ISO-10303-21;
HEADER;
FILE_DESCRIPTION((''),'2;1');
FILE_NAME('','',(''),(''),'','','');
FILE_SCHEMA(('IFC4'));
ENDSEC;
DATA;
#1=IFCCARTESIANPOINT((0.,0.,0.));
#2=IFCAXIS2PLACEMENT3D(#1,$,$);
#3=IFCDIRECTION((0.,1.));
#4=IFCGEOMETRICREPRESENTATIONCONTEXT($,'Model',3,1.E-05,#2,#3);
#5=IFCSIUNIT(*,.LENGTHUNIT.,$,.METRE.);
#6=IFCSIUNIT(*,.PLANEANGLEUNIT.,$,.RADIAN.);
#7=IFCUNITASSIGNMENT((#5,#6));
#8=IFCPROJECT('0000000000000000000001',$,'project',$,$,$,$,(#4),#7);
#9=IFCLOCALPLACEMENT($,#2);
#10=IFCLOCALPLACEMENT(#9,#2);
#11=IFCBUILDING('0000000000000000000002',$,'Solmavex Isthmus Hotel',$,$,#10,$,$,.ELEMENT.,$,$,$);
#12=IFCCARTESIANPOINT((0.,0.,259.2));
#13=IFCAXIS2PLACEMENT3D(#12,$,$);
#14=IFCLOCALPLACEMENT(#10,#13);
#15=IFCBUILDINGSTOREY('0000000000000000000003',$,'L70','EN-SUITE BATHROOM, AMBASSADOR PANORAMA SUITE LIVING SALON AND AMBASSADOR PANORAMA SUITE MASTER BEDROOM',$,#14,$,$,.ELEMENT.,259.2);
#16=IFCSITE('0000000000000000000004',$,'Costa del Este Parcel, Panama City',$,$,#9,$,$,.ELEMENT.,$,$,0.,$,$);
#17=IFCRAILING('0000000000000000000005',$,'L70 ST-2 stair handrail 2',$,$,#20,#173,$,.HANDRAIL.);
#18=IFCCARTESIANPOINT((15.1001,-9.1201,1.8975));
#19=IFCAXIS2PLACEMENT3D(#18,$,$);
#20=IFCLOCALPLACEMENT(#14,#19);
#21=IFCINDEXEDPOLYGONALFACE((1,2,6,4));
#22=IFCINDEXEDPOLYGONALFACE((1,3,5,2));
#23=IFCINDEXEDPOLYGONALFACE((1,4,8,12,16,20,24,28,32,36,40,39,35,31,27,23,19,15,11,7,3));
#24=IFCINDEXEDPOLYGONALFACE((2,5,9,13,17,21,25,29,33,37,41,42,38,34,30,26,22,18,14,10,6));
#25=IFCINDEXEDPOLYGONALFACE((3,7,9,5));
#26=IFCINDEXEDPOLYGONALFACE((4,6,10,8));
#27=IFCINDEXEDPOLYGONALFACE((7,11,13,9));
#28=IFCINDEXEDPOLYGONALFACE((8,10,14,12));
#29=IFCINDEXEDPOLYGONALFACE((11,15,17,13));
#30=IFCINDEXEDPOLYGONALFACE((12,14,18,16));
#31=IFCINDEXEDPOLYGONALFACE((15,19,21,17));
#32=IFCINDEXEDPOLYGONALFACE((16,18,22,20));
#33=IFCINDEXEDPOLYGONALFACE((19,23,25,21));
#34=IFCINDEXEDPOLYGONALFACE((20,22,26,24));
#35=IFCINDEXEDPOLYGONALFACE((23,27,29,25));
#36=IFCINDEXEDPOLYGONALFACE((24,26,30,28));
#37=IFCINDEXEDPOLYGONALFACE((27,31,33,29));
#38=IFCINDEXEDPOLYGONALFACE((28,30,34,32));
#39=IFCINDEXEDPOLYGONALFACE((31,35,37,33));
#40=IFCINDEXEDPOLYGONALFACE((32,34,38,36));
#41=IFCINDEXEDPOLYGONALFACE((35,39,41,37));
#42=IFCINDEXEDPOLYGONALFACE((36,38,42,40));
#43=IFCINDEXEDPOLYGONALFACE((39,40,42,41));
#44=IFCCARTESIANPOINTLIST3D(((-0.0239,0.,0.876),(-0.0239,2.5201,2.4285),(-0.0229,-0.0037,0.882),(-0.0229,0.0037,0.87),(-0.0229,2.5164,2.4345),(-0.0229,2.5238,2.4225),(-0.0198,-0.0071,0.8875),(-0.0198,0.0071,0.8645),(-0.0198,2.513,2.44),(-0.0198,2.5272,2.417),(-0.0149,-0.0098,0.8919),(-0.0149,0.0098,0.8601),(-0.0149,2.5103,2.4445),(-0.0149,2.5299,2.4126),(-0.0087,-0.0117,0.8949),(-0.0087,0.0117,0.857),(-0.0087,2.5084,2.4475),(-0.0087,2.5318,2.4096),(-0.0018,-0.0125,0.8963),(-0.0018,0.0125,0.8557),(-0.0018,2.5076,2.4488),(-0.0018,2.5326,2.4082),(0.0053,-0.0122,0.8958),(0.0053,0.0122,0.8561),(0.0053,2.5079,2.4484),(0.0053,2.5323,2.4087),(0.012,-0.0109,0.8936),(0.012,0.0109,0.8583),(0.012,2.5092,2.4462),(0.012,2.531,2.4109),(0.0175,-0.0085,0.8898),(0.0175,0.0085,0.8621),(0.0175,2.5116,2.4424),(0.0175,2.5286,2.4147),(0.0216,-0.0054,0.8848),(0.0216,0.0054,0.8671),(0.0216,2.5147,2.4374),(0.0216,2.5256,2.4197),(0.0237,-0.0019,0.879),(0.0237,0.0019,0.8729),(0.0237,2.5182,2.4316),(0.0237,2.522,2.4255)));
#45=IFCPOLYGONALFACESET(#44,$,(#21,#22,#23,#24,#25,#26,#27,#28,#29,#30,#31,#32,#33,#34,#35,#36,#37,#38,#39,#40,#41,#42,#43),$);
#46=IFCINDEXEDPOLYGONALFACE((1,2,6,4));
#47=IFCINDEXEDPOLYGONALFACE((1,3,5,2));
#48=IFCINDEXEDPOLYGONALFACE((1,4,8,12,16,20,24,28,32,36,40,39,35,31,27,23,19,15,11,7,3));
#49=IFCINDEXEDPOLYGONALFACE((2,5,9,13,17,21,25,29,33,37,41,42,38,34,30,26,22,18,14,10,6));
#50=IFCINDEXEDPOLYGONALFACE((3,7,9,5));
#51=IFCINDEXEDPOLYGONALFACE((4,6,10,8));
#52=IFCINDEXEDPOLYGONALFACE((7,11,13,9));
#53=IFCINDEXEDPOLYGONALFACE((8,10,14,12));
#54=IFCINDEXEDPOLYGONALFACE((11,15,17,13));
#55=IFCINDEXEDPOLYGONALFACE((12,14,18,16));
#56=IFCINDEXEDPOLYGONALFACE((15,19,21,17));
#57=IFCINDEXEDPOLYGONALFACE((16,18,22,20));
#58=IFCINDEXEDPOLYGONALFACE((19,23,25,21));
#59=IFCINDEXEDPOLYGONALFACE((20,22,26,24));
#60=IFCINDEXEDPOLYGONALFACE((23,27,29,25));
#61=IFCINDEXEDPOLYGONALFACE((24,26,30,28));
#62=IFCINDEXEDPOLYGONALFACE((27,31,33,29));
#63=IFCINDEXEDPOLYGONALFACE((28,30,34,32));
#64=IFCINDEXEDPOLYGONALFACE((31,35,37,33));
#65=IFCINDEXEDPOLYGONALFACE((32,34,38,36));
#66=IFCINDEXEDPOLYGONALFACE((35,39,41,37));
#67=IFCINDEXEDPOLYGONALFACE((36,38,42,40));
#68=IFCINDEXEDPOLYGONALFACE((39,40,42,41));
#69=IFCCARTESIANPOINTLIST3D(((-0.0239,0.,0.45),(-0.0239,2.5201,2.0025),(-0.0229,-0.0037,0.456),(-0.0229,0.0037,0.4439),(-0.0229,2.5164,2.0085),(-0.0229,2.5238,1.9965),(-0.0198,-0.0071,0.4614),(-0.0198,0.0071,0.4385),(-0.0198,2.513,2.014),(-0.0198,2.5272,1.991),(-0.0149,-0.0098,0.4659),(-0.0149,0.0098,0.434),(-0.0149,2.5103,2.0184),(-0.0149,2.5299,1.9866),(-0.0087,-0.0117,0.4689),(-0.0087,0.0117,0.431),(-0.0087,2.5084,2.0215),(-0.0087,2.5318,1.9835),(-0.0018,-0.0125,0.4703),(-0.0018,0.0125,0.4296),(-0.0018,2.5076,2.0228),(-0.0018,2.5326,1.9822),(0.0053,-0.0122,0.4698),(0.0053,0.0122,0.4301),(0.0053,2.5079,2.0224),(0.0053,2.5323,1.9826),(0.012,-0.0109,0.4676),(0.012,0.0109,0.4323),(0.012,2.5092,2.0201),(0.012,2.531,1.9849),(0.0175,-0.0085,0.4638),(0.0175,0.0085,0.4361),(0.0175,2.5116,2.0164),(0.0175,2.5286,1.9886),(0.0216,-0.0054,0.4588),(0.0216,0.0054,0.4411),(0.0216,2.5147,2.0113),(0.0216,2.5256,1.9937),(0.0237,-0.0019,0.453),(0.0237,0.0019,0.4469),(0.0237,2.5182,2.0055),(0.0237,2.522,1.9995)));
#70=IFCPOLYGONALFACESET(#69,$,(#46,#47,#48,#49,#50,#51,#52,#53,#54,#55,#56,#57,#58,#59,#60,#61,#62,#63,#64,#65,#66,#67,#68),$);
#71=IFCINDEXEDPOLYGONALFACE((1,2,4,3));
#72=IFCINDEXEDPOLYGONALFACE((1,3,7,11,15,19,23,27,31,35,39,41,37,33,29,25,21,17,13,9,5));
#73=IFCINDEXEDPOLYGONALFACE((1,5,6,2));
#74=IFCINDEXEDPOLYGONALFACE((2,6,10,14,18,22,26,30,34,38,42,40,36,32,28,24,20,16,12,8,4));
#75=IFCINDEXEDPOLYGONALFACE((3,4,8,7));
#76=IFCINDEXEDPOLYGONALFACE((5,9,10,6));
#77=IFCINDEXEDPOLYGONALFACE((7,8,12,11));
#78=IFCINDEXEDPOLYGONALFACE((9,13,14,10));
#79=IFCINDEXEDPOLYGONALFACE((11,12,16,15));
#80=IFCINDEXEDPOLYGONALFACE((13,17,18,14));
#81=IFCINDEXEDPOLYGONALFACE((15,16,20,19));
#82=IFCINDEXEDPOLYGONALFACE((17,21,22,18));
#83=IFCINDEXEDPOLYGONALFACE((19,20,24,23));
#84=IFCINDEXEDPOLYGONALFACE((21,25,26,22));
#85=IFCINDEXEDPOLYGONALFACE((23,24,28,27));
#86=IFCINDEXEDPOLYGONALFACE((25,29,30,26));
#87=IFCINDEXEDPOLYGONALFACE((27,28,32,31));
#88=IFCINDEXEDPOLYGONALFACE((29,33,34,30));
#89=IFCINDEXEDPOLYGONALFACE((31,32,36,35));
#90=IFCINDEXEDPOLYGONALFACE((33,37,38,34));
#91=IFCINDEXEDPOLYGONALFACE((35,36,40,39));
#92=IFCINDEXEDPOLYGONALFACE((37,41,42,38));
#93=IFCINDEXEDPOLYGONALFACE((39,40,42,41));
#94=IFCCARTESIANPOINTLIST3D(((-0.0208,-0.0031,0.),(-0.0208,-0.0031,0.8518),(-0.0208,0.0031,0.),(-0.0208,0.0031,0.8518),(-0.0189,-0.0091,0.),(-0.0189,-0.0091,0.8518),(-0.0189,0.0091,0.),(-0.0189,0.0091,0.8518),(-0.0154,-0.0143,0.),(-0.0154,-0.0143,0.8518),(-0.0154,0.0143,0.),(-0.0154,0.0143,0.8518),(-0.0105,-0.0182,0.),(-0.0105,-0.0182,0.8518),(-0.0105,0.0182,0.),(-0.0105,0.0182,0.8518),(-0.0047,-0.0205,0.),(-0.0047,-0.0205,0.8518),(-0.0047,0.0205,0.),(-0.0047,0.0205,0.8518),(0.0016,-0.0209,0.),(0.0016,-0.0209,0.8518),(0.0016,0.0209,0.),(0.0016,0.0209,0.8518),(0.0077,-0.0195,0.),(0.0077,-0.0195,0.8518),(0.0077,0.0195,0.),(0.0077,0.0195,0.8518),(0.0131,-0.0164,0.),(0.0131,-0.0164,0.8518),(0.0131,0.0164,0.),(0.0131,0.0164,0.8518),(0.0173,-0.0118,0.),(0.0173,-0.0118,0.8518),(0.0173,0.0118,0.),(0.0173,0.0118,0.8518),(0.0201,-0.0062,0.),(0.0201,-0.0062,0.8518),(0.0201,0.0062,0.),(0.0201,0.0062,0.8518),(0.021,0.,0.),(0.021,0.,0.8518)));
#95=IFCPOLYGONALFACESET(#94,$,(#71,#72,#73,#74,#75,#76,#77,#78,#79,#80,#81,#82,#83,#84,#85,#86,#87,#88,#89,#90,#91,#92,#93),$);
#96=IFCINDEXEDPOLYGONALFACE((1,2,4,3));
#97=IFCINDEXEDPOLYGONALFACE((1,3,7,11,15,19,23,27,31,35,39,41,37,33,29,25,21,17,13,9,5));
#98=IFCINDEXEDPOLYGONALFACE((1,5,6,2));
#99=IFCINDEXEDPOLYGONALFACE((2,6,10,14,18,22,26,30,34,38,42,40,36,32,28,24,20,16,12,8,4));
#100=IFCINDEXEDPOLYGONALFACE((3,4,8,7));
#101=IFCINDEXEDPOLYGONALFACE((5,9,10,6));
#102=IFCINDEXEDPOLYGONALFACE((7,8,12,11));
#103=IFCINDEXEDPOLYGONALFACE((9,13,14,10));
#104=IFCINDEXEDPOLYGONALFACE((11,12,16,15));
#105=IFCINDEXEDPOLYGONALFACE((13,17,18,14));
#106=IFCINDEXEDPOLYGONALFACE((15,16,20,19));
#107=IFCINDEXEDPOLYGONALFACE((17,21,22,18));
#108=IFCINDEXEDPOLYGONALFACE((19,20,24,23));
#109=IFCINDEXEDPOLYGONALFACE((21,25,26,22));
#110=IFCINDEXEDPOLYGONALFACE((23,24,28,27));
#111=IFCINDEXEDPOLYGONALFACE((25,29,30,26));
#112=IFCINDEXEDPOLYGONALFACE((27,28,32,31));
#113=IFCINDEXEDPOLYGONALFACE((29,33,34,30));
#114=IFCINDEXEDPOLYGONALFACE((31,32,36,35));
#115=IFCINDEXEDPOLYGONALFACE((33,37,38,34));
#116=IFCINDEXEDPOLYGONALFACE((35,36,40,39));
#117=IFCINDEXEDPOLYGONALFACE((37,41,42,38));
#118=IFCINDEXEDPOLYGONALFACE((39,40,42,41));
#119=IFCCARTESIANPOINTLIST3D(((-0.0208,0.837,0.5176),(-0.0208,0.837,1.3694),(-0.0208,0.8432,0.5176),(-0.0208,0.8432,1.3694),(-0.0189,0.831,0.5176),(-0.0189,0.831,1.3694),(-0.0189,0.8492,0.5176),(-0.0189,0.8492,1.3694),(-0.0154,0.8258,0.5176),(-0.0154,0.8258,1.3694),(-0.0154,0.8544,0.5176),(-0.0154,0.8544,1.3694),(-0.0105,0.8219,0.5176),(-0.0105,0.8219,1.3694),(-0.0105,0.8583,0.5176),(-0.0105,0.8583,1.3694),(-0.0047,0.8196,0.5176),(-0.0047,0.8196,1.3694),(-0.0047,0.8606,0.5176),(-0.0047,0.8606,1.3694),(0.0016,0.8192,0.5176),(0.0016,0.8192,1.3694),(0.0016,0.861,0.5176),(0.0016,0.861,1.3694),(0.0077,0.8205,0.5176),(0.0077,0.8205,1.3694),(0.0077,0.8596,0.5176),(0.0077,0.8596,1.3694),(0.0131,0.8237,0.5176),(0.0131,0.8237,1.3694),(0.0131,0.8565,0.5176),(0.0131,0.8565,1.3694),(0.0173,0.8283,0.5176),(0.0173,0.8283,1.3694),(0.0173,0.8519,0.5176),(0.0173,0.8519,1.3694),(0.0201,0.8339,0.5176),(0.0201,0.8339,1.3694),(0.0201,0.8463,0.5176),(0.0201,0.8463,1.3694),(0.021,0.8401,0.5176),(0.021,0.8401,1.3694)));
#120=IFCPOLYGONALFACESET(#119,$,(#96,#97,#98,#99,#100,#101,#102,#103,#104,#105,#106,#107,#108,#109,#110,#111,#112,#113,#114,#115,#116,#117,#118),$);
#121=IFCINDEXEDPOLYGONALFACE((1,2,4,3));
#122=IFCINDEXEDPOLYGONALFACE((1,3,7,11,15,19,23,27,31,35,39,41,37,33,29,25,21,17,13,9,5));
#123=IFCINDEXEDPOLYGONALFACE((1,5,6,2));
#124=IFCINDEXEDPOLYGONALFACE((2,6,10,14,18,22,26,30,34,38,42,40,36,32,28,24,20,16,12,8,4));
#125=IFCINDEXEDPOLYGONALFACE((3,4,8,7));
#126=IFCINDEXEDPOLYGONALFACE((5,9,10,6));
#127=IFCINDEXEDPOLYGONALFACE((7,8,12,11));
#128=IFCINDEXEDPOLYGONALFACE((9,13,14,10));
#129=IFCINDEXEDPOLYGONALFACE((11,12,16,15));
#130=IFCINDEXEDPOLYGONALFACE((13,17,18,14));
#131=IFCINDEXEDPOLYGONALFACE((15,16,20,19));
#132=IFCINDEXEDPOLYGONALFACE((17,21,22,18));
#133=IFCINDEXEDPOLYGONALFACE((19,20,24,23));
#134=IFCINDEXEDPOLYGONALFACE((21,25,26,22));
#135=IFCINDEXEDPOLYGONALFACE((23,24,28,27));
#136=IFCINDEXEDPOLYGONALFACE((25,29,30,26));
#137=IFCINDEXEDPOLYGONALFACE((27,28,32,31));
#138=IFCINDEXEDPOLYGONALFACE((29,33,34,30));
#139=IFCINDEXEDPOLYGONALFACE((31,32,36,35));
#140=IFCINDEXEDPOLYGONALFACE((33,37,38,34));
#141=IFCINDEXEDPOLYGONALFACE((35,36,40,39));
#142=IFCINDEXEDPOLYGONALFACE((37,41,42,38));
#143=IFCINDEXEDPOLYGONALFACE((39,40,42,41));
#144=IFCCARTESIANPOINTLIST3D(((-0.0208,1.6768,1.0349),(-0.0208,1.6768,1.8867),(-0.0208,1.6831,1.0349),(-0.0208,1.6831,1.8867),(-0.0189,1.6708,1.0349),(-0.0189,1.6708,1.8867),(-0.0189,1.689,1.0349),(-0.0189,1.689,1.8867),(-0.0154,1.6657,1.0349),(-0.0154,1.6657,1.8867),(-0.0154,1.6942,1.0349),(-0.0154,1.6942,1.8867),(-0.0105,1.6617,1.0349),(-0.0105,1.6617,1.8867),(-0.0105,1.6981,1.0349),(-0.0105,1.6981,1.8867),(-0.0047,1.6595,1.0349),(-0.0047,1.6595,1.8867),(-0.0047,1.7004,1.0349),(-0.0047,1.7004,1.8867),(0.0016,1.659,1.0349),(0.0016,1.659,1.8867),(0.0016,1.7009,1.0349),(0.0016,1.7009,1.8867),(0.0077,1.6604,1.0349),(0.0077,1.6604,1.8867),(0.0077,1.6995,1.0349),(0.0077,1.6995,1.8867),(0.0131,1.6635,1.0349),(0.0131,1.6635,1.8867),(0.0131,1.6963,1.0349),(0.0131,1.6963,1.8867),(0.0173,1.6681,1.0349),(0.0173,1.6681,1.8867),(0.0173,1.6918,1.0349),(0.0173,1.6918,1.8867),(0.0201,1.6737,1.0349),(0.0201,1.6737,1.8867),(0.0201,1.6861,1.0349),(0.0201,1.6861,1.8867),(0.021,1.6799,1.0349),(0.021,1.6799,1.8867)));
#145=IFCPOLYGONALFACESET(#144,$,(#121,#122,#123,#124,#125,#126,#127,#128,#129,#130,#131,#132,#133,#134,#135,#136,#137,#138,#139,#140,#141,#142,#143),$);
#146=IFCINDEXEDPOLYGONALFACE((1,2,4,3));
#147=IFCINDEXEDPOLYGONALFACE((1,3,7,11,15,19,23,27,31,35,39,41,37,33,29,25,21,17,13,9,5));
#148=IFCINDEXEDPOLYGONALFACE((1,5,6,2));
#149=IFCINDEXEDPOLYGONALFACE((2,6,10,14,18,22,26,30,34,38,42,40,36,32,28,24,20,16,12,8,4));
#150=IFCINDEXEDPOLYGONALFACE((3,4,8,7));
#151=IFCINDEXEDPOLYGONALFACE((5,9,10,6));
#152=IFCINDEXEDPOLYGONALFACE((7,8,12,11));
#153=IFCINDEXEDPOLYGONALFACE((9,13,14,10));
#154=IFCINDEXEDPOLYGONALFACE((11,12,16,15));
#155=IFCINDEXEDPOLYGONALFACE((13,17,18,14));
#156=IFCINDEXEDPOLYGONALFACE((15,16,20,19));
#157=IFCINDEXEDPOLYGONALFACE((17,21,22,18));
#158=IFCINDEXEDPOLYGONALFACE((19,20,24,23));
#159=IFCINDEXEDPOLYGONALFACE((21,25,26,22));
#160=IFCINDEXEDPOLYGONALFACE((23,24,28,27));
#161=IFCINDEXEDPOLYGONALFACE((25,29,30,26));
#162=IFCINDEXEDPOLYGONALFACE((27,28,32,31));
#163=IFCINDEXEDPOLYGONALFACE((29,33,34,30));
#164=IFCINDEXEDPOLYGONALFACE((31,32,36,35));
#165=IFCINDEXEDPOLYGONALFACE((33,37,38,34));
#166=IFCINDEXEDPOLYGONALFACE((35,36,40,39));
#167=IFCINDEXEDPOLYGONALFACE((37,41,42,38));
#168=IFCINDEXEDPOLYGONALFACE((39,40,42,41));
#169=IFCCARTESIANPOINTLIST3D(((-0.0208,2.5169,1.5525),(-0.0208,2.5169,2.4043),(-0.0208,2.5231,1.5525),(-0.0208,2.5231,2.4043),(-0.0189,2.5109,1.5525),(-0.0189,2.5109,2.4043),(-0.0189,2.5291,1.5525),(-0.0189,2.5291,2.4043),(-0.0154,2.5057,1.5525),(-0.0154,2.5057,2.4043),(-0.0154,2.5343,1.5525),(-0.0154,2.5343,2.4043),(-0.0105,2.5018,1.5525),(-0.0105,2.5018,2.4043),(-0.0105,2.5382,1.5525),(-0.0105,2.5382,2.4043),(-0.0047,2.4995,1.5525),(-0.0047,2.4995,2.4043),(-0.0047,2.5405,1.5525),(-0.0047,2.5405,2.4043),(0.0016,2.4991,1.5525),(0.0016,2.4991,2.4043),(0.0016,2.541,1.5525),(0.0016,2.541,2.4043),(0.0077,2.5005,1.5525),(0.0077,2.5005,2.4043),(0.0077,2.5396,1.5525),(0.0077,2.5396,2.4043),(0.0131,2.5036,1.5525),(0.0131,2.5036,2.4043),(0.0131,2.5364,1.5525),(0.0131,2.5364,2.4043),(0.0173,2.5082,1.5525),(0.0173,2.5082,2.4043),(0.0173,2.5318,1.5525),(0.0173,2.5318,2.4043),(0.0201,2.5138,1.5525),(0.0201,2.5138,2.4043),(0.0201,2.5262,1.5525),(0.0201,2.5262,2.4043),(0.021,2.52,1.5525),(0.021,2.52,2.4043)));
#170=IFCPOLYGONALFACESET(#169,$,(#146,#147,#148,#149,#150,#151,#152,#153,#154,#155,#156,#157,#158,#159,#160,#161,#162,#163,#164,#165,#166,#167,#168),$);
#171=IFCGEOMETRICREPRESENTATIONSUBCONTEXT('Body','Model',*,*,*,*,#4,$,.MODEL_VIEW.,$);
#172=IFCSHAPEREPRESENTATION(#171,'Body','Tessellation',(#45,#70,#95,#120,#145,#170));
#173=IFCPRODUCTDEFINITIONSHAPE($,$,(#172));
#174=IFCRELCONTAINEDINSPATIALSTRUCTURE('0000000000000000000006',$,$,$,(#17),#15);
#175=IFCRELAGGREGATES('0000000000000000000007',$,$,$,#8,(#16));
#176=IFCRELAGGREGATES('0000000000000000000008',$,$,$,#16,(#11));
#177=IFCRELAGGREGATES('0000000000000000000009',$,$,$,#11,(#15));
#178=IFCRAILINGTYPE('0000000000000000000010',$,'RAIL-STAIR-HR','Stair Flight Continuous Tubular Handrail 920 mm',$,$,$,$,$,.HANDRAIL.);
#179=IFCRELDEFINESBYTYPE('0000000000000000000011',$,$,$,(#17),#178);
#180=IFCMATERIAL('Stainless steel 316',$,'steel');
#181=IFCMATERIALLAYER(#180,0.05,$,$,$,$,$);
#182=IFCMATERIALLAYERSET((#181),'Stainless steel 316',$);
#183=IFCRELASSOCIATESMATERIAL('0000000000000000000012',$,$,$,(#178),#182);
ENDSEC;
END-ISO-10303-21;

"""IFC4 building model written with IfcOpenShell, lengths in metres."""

from ifc_helpers import new_model, si_unit, direction, frame, origin, origin_2d, place, context, subcontext, project, spatial, circle, extrude, material, layer, layer_set, type_object, element, save


model = new_model("IFC4")

# Units and contexts
model_context = context("Model", 3, precision=1e-05, world=origin(), true_north=direction((0.0, 1.0)))
body_context = subcontext(model_context, "Body", "Model", "MODEL_VIEW")
ifc_project = project(units=[si_unit("LENGTHUNIT", "METRE"), si_unit("PLANEANGLEUNIT", "RADIAN")], contexts=[model_context])

# Site, building, storey
site_placement = place(None, origin())
site = spatial("IfcSite", under=ifc_project, at=site_placement, Name="Costa del Este Parcel, Panama City", CompositionType="ELEMENT", RefElevation=0.0)
building_placement = place(site_placement, origin())
building = spatial("IfcBuilding", under=site, at=building_placement, Name="Solmavex Isthmus Hotel", CompositionType="ELEMENT")
storey_placement = place(building_placement, frame((0.0, 0.0, 259.2)))
storey = spatial("IfcBuildingStorey", under=building, at=storey_placement, Name="L70", Description="EN-SUITE BATHROOM, AMBASSADOR PANORAMA SUITE LIVING SALON AND AMBASSADOR PANORAMA SUITE MASTER BEDROOM", CompositionType="ELEMENT", Elevation=259.2)

# Railing
ifc_material_1 = material(Name="Stainless steel 316", Category="steel")
ifc_layer_1 = layer(ifc_material_1, 0.05)
ifc_layer_set_1 = layer_set([ifc_layer_1], Name="Stainless steel 316")
railing_type = type_object("IfcRailingType", Name="RAIL-STAIR-HR", Description="Stair Flight Continuous Tubular Handrail 920 mm", PredefinedType="HANDRAIL", material=ifc_layer_set_1)
railing_placement = place(storey_placement, frame((15.1001, -9.1201, 1.8975)))
element("IfcRailing", 1, at=railing_placement, inside=storey, type_object=railing_type, Name="L70 ST-2 stair handrail 2", PredefinedType="HANDRAIL", context=body_context, shape_type="SweptSolid", body=[
    extrude(circle(Radius=0.0239, at=origin_2d()), frame((0.0, 0.0, 0.876), z_axis=(0.0, 0.8514, 0.524516), x_axis=(-1.0, 0.0, 0.0)), (0.0, 0.0, 1.0), 2.96),
    extrude(circle(Radius=0.0239, at=origin_2d()), frame((0.0, 0.0, 0.45), z_axis=(0.0, 0.8514, 0.524516), x_axis=(-1.0, 0.0, 0.0)), (0.0, 0.0, 1.0), 2.96),
    extrude(circle(Radius=0.021, at=origin_2d()), origin(), (0.0, 0.0, 1.0), 0.8518),
    extrude(circle(Radius=0.021, at=origin_2d()), frame((0.0, 0.8401, 0.5176)), (0.0, 0.0, 1.0), 0.8518),
    extrude(circle(Radius=0.021, at=origin_2d()), frame((0.0, 1.6799, 1.0349)), (0.0, 0.0, 1.0), 0.8518),
    extrude(circle(Radius=0.021, at=origin_2d()), frame((0.0, 2.52, 1.5525)), (0.0, 0.0, 1.0), 0.8518),
])

save(model, "model.ifc")
